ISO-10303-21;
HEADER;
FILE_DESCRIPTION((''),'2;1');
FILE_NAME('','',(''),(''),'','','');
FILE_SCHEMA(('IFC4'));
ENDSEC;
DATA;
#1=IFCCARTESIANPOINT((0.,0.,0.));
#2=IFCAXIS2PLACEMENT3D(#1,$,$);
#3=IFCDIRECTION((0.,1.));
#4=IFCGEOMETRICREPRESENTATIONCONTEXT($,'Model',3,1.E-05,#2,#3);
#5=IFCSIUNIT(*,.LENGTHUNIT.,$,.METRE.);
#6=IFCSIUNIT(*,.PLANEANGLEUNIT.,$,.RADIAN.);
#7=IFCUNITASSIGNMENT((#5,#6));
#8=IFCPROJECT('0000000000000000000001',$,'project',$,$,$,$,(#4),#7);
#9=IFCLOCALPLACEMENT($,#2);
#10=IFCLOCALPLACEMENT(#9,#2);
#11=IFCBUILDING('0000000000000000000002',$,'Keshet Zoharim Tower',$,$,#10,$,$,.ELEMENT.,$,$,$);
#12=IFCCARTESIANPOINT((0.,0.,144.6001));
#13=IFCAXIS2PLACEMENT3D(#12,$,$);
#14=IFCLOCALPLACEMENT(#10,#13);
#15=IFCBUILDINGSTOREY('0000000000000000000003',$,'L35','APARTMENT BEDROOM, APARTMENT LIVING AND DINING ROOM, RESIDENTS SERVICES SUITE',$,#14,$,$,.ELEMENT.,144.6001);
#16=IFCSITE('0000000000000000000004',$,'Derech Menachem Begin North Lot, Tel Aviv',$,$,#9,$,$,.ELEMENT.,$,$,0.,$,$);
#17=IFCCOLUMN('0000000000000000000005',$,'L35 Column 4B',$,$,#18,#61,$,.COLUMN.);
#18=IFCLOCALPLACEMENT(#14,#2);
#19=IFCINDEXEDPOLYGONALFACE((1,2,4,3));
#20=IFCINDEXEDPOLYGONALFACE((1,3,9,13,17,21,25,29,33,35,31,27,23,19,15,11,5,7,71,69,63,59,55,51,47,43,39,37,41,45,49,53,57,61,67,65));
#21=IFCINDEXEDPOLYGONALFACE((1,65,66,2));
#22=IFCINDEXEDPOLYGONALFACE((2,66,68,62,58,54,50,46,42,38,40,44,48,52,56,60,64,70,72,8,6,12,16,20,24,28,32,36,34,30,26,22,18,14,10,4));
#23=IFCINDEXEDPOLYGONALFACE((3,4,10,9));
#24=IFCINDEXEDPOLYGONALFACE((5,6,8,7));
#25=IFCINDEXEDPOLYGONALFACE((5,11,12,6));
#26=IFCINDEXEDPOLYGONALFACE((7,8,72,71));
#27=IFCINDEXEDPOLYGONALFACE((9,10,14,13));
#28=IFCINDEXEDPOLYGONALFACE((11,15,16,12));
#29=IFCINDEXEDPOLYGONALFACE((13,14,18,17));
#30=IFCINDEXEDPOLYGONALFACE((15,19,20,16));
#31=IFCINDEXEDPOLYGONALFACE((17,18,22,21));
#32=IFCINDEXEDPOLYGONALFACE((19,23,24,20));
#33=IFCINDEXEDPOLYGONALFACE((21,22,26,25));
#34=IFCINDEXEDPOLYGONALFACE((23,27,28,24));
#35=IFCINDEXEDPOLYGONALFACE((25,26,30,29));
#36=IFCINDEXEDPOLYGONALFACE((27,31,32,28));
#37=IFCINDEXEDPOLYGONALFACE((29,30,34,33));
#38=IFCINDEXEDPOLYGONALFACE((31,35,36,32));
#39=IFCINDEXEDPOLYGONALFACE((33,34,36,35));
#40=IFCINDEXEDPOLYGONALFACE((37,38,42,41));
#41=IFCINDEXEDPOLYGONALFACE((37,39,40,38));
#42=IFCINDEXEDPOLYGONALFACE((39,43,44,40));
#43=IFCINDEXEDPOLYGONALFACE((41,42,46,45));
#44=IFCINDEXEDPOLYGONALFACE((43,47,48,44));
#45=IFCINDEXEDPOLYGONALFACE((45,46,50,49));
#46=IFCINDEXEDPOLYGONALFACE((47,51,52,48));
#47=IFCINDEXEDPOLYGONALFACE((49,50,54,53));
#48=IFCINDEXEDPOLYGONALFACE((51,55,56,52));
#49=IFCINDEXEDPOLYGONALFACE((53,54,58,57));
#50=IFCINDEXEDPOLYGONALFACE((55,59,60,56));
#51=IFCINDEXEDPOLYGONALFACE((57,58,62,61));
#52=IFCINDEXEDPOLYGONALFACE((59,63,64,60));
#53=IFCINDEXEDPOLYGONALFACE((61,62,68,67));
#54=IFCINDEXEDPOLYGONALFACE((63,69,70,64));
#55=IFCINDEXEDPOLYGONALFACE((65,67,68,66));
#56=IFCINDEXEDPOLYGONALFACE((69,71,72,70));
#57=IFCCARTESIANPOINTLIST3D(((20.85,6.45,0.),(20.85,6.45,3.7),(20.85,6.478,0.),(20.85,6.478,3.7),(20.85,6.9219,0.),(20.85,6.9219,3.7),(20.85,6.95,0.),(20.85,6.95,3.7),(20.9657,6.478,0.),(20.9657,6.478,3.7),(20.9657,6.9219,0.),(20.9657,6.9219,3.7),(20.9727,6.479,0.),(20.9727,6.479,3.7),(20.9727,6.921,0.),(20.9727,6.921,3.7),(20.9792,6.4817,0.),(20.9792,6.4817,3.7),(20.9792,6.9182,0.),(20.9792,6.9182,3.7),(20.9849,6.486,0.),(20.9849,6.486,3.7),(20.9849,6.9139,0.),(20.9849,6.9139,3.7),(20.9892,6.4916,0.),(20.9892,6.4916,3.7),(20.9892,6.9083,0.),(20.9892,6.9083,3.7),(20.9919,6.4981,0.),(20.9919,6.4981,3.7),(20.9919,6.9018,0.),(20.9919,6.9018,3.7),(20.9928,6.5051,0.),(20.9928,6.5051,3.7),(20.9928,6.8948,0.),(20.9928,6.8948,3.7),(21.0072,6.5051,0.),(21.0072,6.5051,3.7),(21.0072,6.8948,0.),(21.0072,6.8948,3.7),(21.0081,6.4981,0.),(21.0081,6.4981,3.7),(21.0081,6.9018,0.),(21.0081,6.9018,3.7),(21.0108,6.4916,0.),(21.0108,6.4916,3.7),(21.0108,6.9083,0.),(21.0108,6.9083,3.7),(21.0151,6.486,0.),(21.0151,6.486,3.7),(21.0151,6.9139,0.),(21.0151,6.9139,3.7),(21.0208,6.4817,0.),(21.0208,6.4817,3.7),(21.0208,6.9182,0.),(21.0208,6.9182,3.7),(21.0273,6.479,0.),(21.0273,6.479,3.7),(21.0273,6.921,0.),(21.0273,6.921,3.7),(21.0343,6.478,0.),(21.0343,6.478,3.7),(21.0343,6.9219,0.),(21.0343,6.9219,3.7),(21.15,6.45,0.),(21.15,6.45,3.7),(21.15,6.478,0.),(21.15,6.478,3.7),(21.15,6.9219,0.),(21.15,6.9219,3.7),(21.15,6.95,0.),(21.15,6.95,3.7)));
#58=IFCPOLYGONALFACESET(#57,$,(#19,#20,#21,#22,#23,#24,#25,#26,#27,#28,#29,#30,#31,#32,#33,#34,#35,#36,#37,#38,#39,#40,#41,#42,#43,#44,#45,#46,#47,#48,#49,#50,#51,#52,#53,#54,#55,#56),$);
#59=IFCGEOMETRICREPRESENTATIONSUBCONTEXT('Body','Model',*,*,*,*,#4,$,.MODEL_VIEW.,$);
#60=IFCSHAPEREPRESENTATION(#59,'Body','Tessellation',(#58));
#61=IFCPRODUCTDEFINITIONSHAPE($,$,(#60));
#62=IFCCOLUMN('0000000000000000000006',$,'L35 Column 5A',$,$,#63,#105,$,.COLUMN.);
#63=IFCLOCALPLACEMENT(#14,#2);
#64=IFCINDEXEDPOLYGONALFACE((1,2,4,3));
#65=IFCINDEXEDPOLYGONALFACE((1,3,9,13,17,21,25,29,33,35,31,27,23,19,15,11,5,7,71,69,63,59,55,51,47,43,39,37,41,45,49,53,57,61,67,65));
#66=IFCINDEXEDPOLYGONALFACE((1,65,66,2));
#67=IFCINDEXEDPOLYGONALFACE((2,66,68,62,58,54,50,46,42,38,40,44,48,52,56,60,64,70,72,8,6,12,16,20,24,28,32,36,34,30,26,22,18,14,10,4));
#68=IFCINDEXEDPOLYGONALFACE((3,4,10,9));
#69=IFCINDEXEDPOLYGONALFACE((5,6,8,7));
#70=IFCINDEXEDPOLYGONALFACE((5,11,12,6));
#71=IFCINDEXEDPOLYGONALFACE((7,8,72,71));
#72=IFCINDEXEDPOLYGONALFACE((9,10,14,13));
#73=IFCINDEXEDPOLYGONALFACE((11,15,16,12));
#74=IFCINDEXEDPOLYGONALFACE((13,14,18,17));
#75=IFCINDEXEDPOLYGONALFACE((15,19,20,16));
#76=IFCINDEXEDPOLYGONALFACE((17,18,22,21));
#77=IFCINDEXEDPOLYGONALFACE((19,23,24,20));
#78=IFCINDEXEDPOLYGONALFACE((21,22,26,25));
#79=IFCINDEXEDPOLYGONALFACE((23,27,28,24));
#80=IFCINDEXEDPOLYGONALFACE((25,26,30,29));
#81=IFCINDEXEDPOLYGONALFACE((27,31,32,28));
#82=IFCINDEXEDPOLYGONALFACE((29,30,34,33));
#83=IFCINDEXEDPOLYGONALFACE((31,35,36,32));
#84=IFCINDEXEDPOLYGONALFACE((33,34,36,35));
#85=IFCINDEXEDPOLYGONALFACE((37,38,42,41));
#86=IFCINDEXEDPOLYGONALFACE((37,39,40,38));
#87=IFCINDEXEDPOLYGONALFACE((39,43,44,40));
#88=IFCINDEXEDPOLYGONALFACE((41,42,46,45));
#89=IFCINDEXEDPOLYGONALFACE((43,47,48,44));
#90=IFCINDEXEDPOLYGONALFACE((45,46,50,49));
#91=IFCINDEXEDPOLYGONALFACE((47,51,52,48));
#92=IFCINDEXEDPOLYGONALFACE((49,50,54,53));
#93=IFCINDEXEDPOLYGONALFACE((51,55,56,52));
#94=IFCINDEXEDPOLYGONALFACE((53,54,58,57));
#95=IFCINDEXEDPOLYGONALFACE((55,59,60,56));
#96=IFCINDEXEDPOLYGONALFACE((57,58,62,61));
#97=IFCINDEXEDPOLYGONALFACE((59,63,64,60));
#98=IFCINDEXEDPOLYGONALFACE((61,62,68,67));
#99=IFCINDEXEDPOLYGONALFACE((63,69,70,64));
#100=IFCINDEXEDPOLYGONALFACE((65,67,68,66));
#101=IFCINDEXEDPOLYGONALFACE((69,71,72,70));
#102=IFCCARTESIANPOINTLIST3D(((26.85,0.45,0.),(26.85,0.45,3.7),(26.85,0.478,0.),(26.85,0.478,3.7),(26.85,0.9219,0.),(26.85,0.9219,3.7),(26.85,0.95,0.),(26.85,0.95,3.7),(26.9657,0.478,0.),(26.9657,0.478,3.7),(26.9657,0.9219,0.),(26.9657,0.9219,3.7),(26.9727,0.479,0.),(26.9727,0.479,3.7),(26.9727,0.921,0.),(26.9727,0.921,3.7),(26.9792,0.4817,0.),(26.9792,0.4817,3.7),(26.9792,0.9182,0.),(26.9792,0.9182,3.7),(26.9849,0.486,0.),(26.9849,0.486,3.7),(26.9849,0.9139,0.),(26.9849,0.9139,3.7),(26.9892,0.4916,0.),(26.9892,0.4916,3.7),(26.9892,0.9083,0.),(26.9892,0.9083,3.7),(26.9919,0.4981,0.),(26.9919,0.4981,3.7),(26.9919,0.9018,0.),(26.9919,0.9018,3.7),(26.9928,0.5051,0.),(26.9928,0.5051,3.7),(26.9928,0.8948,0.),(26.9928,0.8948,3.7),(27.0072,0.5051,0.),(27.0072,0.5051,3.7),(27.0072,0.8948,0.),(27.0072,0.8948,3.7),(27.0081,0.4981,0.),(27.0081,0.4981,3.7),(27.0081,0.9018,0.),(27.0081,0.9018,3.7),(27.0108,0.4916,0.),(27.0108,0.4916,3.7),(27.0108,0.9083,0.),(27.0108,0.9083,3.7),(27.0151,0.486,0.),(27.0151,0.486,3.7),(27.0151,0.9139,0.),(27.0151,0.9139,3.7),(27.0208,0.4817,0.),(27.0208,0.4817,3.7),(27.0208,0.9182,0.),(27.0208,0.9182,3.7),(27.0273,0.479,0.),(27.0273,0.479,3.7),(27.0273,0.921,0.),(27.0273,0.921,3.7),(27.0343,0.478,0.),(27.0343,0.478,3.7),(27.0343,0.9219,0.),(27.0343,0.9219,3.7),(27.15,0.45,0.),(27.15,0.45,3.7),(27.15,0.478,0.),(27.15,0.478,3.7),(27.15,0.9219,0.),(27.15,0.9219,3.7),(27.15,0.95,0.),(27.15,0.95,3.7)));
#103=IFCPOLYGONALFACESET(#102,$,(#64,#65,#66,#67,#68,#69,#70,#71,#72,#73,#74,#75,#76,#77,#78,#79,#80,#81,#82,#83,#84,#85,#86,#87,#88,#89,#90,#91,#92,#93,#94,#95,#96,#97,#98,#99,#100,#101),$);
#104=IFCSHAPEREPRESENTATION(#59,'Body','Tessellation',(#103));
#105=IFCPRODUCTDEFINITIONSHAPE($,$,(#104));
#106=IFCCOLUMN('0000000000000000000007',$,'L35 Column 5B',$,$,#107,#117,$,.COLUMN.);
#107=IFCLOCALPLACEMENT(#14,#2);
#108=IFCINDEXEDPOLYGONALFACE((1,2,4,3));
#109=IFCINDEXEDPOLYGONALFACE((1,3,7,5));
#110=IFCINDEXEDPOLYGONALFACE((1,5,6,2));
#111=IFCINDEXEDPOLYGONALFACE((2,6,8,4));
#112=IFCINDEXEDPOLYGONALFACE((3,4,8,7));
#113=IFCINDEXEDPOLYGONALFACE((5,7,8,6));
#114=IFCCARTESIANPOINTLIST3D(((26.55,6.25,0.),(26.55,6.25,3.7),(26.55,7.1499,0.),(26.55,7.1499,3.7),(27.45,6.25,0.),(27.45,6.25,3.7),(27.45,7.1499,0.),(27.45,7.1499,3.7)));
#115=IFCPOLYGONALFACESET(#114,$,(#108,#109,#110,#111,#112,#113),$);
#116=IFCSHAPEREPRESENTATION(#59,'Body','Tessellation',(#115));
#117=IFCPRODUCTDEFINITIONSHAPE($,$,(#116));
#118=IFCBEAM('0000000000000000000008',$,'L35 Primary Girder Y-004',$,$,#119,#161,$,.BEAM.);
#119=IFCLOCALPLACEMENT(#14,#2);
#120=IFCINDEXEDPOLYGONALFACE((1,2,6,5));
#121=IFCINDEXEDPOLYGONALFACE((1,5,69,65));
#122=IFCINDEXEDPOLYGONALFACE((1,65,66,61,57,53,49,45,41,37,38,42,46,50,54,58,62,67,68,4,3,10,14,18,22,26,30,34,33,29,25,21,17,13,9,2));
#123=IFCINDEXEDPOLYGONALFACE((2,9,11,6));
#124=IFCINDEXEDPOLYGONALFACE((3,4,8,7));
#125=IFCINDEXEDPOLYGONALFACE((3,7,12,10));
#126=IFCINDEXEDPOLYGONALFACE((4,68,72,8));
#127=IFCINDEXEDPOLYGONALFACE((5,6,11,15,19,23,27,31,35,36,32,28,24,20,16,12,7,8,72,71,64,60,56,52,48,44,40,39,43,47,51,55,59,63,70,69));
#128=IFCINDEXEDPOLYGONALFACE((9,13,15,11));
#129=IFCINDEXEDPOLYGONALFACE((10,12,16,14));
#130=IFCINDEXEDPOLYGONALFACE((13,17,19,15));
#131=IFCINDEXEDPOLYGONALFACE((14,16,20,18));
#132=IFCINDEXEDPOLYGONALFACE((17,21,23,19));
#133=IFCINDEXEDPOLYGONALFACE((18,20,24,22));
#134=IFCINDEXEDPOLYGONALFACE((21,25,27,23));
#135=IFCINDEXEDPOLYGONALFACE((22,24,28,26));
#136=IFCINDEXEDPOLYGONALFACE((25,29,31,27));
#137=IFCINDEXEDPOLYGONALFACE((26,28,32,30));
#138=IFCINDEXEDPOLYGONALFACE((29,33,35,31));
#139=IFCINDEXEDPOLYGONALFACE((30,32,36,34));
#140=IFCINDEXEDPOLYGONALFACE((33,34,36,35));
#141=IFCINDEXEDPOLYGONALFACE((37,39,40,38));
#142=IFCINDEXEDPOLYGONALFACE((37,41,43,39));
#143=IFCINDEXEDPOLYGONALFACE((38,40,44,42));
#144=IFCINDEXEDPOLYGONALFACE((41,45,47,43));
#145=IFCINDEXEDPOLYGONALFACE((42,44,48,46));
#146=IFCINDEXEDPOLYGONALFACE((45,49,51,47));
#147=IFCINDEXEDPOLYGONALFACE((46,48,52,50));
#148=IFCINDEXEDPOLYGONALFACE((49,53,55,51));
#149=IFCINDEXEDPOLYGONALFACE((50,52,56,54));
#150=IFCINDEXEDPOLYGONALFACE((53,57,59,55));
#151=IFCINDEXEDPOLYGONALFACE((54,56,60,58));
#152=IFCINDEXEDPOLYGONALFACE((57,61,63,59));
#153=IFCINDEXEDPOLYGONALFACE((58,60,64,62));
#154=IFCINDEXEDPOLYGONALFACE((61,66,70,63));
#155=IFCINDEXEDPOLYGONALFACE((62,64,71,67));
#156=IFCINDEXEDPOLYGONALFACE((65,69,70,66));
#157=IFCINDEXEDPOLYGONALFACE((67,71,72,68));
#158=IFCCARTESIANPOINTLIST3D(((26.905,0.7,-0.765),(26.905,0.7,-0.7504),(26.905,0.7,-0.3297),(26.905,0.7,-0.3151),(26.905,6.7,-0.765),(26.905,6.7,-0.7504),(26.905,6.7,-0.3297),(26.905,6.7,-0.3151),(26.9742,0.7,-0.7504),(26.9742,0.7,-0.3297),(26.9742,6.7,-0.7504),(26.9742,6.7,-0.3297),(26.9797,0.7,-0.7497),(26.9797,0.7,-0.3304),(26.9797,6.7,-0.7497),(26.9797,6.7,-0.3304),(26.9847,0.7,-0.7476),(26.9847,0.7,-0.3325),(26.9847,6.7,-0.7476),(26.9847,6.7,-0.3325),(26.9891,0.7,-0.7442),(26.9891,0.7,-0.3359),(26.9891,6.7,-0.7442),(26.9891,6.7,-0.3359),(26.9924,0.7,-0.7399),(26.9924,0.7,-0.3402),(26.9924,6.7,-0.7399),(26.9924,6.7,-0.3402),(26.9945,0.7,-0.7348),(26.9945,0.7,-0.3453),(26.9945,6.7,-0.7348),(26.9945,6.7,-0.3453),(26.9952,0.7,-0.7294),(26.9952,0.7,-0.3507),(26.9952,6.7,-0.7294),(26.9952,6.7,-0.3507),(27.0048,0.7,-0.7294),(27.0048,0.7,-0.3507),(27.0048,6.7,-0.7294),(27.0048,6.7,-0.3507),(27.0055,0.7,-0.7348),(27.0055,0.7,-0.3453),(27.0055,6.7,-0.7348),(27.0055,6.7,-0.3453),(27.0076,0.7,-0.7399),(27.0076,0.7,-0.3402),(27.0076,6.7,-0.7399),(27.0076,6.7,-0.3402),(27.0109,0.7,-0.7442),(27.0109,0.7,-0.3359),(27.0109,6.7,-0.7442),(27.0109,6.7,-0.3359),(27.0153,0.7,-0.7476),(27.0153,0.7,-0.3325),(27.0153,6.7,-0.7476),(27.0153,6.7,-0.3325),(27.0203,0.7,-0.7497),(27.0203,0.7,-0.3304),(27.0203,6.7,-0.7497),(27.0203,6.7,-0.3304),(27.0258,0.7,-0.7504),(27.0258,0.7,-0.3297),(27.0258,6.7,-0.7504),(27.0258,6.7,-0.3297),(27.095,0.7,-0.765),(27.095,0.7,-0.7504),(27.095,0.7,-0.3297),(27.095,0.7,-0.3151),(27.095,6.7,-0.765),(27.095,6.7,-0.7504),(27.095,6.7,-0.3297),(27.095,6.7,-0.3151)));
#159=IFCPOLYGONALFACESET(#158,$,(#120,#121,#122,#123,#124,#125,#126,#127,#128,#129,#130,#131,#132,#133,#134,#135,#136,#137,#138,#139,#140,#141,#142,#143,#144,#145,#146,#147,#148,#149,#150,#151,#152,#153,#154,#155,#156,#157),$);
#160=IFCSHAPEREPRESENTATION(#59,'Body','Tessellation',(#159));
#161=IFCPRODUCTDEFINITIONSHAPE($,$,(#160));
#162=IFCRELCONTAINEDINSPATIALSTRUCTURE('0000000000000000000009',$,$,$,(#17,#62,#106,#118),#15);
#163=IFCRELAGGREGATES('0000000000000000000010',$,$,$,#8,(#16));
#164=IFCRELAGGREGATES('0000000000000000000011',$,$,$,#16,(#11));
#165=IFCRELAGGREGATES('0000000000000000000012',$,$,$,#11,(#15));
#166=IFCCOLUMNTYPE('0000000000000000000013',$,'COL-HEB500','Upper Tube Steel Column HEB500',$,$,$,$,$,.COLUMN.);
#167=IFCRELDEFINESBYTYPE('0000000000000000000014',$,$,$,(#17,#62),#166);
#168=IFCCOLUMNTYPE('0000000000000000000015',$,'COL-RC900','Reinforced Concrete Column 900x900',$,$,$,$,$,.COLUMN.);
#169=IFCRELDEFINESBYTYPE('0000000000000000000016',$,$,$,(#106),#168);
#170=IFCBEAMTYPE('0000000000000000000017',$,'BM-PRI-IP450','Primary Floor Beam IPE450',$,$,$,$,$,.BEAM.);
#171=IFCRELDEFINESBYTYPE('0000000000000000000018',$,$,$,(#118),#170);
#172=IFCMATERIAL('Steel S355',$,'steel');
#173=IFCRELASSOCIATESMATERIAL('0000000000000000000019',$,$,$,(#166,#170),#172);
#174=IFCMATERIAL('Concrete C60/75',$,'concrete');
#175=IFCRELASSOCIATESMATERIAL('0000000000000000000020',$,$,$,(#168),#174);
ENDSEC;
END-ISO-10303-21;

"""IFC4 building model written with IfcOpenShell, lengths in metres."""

from ifc_helpers import new_model, si_unit, direction, frame, origin, origin_2d, place, context, subcontext, project, spatial, rectangle, i_section, extrude, material, material_profile, profile_set, type_object, element, save


model = new_model("IFC4")

# Units and contexts
model_context = context("Model", 3, precision=1e-05, world=origin(), true_north=direction((0.0, 1.0)))
body_context = subcontext(model_context, "Body", "Model", "MODEL_VIEW")
ifc_project = project(units=[si_unit("LENGTHUNIT", "METRE"), si_unit("PLANEANGLEUNIT", "RADIAN")], contexts=[model_context])

# Site, building, storey
site_placement = place(None, origin())
site = spatial("IfcSite", under=ifc_project, at=site_placement, Name="Derech Menachem Begin North Lot, Tel Aviv", CompositionType="ELEMENT", RefElevation=0.0)
building_placement = place(site_placement, origin())
building = spatial("IfcBuilding", under=site, at=building_placement, Name="Keshet Zoharim Tower", CompositionType="ELEMENT")
storey_placement = place(building_placement, frame((0.0, 0.0, 144.6001)))
storey = spatial("IfcBuildingStorey", under=building, at=storey_placement, Name="L35", Description="APARTMENT BEDROOM, APARTMENT LIVING AND DINING ROOM, RESIDENTS SERVICES SUITE", CompositionType="ELEMENT", Elevation=144.6001)

# Columns
ifc_material_1 = material(Name="Steel S355", Category="steel")
ifc_material_profile_1 = material_profile(ifc_material_1, i_section(OverallWidth=0.3, OverallDepth=0.5, WebThickness=0.0144, FlangeThickness=0.0281, FilletRadius=0.0271, at=origin_2d()), Name="HEB500")
ifc_profile_set_1 = profile_set([ifc_material_profile_1], Name="Steel S355")
column_type_1 = type_object("IfcColumnType", Name="COL-HEB500", Description="Upper Tube Steel Column HEB500", PredefinedType="COLUMN", material=ifc_profile_set_1)
for number, where, z_axis, x_axis, name in (
    (1, (21.0, 6.7, 0.0), (0.0, 0.0, 1.0), (1.0, 0.0, 0.0), "L35 Column 4B"),
    (2, (27.0, 0.7, 0.0), (0.0, 0.0, 1.0), (1.0, 0.0, 0.0), "L35 Column 5A"),
):
    element("IfcColumn", number, at=place(storey_placement, frame(where, z_axis=z_axis, x_axis=x_axis)), inside=storey, type_object=column_type_1, Name=name, PredefinedType="COLUMN", context=body_context, shape_type="SweptSolid", body=[
        extrude(i_section(OverallWidth=0.3, OverallDepth=0.5, WebThickness=0.0144, FlangeThickness=0.0281, FilletRadius=0.0271, at=origin_2d()), origin(), (0.0, 0.0, 1.0), 3.7),
    ])
ifc_material_2 = material(Name="Concrete C60/75", Category="concrete")
ifc_material_profile_2 = material_profile(ifc_material_2, rectangle(XDim=0.8999, YDim=0.8999, at=origin_2d()), Name="RC900x900")
ifc_profile_set_2 = profile_set([ifc_material_profile_2], Name="Concrete C60/75")
column_type_2 = type_object("IfcColumnType", Name="COL-RC900", Description="Reinforced Concrete Column 900x900", PredefinedType="COLUMN", material=ifc_profile_set_2)
column_placement = place(storey_placement, frame((27.0, 6.7, 0.0), z_axis=(0.0, 0.0, 1.0), x_axis=(1.0, 0.0, 0.0)))
element("IfcColumn", 3, at=column_placement, inside=storey, type_object=column_type_2, Name="L35 Column 5B", PredefinedType="COLUMN", context=body_context, shape_type="SweptSolid", body=[
    extrude(rectangle(XDim=0.8999, YDim=0.8999, at=origin_2d()), origin(), (0.0, 0.0, 1.0), 3.7),
])

# Beam
ifc_material_profile_3 = material_profile(ifc_material_1, i_section(OverallWidth=0.1899, OverallDepth=0.45, WebThickness=0.0095, FlangeThickness=0.0146, FilletRadius=0.021, at=origin_2d()), Name="IPE450")
ifc_profile_set_3 = profile_set([ifc_material_profile_3], Name="Steel S355")
beam_type_1 = type_object("IfcBeamType", Name="BM-PRI-IP450", Description="Primary Floor Beam IPE450", PredefinedType="BEAM", material=ifc_profile_set_3)
beam_1_placement = place(storey_placement, frame((27.0, 0.7, -0.54), z_axis=(0.0, 1.0, 0.0), x_axis=(-1.0, 0.0, 0.0)))
element("IfcBeam", 4, at=beam_1_placement, inside=storey, type_object=beam_type_1, Name="L35 Primary Girder Y-004", PredefinedType="BEAM", context=body_context, shape_type="SweptSolid", body=[
    extrude(i_section(OverallWidth=0.1899, OverallDepth=0.45, WebThickness=0.0095, FlangeThickness=0.0146, FilletRadius=0.021, at=origin_2d()), origin(), (0.0, 0.0, 1.0), 6.0),
])

save(model, "model.ifc")
